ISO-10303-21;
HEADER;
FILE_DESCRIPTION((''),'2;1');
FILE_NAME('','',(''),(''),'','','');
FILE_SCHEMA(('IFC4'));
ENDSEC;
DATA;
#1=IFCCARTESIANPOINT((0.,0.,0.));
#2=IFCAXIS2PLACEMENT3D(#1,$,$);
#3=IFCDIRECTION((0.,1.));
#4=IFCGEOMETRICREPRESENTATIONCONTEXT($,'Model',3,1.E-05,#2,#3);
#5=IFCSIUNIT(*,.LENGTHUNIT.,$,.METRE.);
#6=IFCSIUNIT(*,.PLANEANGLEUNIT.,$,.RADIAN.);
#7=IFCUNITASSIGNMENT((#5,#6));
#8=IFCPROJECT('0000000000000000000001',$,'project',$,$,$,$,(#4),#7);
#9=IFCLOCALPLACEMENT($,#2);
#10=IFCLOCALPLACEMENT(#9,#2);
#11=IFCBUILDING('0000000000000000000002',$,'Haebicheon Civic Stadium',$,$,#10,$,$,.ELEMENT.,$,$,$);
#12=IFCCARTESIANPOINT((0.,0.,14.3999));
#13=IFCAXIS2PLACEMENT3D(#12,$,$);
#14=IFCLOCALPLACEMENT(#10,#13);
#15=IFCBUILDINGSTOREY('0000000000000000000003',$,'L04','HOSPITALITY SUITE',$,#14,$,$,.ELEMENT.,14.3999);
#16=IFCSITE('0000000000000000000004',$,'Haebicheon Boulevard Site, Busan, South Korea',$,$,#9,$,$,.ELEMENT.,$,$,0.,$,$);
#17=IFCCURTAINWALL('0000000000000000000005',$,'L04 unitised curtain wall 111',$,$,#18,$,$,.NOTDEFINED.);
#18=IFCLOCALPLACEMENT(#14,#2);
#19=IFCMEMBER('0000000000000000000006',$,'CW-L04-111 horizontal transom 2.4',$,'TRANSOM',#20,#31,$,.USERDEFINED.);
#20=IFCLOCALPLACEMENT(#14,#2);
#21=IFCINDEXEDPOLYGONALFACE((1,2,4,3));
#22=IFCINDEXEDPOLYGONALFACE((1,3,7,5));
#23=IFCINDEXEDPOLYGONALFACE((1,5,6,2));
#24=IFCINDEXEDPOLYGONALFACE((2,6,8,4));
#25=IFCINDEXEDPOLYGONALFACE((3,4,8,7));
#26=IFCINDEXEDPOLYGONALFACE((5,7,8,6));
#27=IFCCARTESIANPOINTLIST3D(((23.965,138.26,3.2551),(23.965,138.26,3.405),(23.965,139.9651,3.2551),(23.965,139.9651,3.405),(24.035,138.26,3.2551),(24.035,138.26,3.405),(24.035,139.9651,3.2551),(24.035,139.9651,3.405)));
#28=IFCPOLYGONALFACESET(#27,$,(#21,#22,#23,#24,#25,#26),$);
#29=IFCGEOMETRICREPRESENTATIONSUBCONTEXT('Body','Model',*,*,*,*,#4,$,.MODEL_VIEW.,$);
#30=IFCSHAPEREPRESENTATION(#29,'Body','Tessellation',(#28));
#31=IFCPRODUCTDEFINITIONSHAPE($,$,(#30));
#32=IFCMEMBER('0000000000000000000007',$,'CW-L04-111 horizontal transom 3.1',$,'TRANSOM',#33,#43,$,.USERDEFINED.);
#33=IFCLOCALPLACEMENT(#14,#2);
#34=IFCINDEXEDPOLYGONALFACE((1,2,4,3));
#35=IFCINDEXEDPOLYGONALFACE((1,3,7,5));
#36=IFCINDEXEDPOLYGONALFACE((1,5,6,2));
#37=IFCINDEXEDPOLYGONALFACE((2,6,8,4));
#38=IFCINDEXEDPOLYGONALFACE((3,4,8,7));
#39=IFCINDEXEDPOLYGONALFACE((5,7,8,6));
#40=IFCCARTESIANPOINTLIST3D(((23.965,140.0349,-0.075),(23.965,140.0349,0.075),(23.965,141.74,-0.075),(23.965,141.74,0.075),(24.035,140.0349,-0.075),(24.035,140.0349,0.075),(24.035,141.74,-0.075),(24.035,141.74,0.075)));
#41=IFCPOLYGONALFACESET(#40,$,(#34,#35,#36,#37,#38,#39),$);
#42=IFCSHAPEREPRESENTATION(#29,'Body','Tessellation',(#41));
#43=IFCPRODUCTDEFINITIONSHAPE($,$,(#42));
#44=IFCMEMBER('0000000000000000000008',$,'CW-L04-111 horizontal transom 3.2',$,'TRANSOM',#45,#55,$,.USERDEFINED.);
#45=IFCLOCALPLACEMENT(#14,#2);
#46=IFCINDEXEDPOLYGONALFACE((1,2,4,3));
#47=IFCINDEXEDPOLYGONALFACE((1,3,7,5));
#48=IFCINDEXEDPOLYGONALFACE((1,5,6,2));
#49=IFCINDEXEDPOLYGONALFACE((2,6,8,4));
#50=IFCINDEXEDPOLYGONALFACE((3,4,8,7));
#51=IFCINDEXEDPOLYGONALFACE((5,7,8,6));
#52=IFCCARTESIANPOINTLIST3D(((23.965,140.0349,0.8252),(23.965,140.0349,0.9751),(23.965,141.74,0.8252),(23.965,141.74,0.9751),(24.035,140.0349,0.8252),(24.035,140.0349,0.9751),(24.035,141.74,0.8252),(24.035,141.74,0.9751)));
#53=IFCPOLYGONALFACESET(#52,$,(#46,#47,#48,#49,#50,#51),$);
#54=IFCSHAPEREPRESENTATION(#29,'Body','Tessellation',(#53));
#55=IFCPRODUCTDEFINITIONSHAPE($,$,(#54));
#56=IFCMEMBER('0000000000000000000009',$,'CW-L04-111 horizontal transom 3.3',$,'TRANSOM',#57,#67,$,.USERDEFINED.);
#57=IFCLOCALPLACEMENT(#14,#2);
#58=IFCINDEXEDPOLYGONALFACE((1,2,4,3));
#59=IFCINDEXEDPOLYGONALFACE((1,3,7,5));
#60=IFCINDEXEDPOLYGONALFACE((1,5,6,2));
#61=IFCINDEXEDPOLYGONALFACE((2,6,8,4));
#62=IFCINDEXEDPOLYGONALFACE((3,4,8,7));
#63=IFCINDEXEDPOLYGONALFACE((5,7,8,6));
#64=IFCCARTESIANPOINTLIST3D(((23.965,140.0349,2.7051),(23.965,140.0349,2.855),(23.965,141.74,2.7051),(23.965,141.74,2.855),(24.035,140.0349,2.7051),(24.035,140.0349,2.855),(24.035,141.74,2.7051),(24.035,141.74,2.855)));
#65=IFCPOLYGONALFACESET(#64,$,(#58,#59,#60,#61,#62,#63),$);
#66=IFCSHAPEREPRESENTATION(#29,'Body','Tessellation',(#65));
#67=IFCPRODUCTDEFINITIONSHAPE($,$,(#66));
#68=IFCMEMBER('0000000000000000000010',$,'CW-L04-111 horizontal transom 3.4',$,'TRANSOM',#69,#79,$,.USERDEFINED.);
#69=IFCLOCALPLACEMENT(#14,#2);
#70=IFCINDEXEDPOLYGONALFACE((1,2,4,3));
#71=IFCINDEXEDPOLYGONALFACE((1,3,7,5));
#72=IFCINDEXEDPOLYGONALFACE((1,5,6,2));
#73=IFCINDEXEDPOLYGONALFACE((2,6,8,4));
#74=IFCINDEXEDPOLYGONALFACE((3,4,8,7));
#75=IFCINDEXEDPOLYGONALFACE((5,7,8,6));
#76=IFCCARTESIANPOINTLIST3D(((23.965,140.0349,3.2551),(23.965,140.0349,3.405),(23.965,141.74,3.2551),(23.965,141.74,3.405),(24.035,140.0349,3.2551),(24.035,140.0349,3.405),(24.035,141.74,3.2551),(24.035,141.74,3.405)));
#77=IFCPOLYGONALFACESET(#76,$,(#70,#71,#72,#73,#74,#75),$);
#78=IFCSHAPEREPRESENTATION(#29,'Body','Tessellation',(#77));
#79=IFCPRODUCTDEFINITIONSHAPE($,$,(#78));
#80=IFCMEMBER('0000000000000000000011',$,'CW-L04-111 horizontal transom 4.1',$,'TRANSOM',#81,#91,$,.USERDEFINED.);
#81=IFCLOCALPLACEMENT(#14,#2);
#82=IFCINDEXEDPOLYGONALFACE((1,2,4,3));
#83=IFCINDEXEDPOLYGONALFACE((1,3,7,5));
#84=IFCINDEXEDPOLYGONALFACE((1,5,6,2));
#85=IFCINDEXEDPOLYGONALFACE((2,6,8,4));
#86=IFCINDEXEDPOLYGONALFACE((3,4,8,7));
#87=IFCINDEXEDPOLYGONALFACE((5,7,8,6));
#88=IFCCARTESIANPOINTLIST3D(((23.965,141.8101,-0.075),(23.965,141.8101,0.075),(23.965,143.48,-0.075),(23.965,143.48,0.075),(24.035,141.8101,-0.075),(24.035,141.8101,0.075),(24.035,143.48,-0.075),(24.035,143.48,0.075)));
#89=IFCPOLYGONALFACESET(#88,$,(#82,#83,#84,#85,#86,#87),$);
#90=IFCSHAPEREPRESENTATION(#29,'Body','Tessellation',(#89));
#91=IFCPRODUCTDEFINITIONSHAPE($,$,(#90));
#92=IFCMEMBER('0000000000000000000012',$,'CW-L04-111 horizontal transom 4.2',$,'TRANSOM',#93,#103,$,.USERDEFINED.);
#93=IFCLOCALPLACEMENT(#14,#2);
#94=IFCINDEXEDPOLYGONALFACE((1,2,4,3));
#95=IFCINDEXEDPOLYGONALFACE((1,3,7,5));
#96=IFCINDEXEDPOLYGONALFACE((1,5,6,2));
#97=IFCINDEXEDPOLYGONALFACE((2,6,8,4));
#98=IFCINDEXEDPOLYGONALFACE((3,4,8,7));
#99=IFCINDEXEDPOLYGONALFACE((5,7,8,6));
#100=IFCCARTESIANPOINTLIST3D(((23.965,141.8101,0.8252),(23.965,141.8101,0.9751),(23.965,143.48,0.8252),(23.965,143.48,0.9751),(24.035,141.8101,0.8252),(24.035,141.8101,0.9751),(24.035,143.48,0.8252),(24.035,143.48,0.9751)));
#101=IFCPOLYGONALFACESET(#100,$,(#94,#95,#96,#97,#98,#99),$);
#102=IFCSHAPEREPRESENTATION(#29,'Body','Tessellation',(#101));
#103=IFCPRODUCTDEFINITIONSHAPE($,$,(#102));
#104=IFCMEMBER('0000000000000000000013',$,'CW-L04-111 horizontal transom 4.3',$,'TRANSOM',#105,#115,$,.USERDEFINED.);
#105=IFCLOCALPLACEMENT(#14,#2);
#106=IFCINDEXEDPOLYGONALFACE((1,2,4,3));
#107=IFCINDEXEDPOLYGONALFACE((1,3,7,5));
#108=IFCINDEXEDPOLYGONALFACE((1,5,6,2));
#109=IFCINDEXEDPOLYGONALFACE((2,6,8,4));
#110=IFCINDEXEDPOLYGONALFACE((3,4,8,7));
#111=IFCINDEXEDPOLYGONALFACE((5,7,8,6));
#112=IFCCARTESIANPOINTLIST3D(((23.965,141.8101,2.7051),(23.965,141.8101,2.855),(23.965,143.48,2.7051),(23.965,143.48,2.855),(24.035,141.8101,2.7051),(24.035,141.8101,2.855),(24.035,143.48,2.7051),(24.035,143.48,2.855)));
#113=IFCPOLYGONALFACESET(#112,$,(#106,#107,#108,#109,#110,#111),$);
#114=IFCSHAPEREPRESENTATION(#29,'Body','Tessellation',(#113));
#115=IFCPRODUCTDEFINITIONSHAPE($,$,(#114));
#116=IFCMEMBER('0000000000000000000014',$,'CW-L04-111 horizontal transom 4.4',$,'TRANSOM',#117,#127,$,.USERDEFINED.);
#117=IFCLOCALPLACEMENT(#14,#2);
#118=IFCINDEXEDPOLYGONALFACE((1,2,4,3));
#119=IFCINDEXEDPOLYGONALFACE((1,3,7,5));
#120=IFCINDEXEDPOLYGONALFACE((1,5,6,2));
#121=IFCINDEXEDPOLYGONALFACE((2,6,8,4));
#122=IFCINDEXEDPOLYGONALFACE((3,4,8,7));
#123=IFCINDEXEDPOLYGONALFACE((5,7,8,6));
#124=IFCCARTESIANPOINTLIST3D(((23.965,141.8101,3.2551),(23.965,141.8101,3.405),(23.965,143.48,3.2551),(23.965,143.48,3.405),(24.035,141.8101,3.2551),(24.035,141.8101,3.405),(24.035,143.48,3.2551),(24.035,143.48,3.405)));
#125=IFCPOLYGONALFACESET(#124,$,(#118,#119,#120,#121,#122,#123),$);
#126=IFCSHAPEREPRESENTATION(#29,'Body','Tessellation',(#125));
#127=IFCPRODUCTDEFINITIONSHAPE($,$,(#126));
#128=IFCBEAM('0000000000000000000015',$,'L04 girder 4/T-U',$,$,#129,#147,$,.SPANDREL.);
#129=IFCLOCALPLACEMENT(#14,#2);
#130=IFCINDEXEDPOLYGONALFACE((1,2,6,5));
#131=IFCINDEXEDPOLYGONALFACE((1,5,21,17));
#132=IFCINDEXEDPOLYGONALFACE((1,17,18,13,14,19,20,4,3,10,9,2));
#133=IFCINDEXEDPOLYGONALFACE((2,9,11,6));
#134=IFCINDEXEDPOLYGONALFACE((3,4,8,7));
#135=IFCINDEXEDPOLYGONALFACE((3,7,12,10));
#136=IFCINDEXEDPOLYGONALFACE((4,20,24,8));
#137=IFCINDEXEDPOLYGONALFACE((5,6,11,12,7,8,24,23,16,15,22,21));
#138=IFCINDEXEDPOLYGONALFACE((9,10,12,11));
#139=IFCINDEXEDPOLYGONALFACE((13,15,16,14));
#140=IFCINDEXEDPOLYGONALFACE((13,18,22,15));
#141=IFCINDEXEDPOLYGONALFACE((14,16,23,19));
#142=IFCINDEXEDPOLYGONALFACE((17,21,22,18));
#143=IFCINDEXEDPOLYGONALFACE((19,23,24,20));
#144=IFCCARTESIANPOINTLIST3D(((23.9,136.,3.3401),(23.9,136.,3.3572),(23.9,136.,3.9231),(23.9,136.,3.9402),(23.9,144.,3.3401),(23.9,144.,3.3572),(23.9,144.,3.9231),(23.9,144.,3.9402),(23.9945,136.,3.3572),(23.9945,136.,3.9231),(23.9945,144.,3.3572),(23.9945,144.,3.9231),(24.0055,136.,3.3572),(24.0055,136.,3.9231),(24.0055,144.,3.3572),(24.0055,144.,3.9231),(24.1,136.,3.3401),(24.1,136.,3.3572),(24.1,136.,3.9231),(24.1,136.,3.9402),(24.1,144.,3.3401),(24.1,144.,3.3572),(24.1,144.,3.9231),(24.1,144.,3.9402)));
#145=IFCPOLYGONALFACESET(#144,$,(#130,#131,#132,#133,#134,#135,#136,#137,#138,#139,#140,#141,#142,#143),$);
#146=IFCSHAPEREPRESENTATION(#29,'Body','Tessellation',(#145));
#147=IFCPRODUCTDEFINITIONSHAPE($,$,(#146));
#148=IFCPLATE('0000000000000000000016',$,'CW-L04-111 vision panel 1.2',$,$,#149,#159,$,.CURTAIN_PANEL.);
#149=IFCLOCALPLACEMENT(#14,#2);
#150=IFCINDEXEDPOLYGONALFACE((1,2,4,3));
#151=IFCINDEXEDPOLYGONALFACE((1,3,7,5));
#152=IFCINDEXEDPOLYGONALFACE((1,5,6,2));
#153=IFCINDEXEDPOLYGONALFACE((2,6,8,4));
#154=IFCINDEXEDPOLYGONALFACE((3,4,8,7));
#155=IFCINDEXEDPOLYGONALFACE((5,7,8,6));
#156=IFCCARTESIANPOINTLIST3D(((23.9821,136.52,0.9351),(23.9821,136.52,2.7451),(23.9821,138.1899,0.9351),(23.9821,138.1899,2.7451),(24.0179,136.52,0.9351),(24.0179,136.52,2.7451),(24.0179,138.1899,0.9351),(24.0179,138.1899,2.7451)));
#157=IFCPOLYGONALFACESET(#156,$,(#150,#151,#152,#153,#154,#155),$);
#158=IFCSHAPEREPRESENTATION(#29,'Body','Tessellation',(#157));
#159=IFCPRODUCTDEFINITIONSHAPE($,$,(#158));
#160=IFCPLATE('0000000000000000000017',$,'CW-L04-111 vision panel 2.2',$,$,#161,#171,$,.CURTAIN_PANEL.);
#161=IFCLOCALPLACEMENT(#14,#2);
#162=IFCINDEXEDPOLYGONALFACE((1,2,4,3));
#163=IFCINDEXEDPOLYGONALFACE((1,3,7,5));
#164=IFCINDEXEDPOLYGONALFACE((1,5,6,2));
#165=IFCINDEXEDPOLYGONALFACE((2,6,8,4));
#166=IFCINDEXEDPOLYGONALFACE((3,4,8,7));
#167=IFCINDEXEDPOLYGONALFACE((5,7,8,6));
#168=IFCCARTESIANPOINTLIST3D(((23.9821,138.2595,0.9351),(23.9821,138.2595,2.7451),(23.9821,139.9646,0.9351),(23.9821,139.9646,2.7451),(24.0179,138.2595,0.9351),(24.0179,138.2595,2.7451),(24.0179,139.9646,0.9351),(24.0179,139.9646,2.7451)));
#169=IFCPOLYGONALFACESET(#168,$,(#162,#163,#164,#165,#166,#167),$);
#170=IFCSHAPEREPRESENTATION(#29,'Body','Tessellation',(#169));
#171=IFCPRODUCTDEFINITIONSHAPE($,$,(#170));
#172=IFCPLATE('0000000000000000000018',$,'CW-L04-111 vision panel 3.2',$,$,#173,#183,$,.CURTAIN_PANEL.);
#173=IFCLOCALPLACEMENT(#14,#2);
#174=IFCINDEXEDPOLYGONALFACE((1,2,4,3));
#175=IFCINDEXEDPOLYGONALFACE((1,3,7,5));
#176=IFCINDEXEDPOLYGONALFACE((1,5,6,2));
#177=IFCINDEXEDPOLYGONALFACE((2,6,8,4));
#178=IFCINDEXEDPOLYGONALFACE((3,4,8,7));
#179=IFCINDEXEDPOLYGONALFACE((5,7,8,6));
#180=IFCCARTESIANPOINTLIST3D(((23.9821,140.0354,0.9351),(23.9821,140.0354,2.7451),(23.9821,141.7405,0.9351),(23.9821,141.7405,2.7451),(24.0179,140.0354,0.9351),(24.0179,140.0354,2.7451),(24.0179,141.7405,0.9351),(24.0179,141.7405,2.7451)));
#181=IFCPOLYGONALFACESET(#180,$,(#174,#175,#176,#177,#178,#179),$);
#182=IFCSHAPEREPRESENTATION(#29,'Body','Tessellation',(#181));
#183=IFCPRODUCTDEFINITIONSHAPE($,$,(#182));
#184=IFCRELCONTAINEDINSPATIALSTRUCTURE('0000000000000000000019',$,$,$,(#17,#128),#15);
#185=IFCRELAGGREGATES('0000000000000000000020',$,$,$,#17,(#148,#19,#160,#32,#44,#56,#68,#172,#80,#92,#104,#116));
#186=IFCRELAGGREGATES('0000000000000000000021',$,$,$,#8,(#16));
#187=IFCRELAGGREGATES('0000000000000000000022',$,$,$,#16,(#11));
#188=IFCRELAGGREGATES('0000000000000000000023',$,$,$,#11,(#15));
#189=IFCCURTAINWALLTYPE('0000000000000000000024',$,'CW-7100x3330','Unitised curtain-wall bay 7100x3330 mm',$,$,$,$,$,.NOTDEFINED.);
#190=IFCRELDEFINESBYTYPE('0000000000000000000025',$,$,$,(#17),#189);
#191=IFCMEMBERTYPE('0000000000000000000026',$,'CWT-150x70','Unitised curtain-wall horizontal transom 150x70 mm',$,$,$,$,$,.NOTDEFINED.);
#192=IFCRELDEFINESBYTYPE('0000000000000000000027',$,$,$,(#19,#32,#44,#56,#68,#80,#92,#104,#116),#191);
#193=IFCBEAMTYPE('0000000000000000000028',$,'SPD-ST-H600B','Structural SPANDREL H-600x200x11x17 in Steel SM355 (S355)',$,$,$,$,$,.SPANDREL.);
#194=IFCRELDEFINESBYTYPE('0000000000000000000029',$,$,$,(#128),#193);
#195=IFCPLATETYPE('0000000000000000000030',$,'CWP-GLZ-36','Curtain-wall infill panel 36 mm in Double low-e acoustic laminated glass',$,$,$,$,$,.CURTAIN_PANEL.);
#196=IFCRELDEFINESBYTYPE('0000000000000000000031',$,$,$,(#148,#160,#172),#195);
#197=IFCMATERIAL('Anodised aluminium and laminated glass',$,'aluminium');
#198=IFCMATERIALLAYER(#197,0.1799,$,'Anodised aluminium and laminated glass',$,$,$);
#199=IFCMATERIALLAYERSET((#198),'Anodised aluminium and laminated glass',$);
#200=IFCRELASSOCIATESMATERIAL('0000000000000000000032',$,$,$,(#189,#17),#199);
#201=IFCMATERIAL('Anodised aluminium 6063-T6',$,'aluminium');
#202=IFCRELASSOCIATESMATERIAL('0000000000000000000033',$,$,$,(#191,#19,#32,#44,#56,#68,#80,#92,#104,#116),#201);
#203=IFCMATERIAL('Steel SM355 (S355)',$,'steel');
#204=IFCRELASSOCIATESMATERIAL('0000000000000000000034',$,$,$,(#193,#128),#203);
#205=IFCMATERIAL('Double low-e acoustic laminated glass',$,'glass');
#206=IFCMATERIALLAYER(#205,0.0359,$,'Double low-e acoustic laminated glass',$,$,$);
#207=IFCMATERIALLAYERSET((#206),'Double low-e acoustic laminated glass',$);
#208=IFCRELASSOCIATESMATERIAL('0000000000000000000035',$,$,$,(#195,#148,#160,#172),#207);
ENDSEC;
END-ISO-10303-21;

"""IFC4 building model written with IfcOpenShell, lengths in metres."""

from ifc_helpers import new_model, si_unit, direction, frame, origin, origin_2d, place, context, subcontext, project, spatial, rectangle, i_section, extrude, material, layer, layer_set, material_profile, profile_set, type_object, element, aggregate, save


model = new_model("IFC4")

# Units and contexts
model_context = context("Model", 3, precision=1e-05, world=origin(), true_north=direction((0.0, 1.0)))
body_context = subcontext(model_context, "Body", "Model", "MODEL_VIEW")
ifc_project = project(units=[si_unit("LENGTHUNIT", "METRE"), si_unit("PLANEANGLEUNIT", "RADIAN")], contexts=[model_context])

# Site, building, storey
site_placement = place(None, origin())
site = spatial("IfcSite", under=ifc_project, at=site_placement, Name="Haebicheon Boulevard Site, Busan, South Korea", CompositionType="ELEMENT", RefElevation=0.0)
building_placement = place(site_placement, origin())
building = spatial("IfcBuilding", under=site, at=building_placement, Name="Haebicheon Civic Stadium", CompositionType="ELEMENT")
storey_placement = place(building_placement, frame((0.0, 0.0, 14.3999)))
storey = spatial("IfcBuildingStorey", under=building, at=storey_placement, Name="L04", Description="HOSPITALITY SUITE", CompositionType="ELEMENT", Elevation=14.3999)

# Curtain wall, members
ifc_material_1 = material(Name="Anodised aluminium and laminated glass", Category="aluminium")
ifc_layer_1 = layer(ifc_material_1, 0.1799, Name="Anodised aluminium and laminated glass")
ifc_layer_set_1 = layer_set([ifc_layer_1], Name="Anodised aluminium and laminated glass")
curtain_wall_type = type_object("IfcCurtainWallType", Name="CW-7100x3330", Description="Unitised curtain-wall bay 7100x3330 mm", PredefinedType="NOTDEFINED", material=ifc_layer_set_1)
curtain_wall_placement = place(storey_placement, origin())
curtain_wall = element("IfcCurtainWall", 1, at=curtain_wall_placement, inside=storey, type_object=curtain_wall_type, material=ifc_layer_set_1, Name="L04 unitised curtain wall 111", PredefinedType="NOTDEFINED")
ifc_material_2 = material(Name="Anodised aluminium 6063-T6", Category="aluminium")
ifc_material_profile_1 = material_profile(ifc_material_2, rectangle(XDim=0.0701, YDim=0.1499, at=origin_2d()), Name="ALU-TRAN-70x150")
ifc_profile_set_1 = profile_set([ifc_material_profile_1], Name="Anodised aluminium 6063-T6")
member_type_1 = type_object("IfcMemberType", Name="CWT-150x70", Description="Unitised curtain-wall horizontal transom 150x70 mm", PredefinedType="NOTDEFINED", material=ifc_profile_set_1)
member_1_placement = place(storey_placement, frame((24.0, 138.26, 3.3301), z_axis=(0.0, 1.0, 0.0), x_axis=(-1.0, 0.0, 0.0)))
member_1 = element("IfcMember", 2, at=member_1_placement, type_object=member_type_1, material=ifc_profile_set_1, Name="CW-L04-111 horizontal transom 2.4", ObjectType="TRANSOM", PredefinedType="USERDEFINED", context=body_context, shape_type="SweptSolid", body=[
    extrude(rectangle(XDim=0.0701, YDim=0.1499, at=origin_2d()), origin(), (0.0, 0.0, 1.0), 1.7051),
])
member_2_placement = place(storey_placement, frame((24.0, 140.0349, 0.0), z_axis=(0.0, 1.0, 0.0), x_axis=(-1.0, 0.0, 0.0)))
member_2 = element("IfcMember", 3, at=member_2_placement, type_object=member_type_1, material=ifc_profile_set_1, Name="CW-L04-111 horizontal transom 3.1", ObjectType="TRANSOM", PredefinedType="USERDEFINED", context=body_context, shape_type="SweptSolid", body=[
    extrude(rectangle(XDim=0.0701, YDim=0.1499, at=origin_2d()), origin(), (0.0, 0.0, 1.0), 1.7051),
])
member_3_placement = place(storey_placement, frame((24.0, 140.0349, 0.9001), z_axis=(0.0, 1.0, 0.0), x_axis=(-1.0, 0.0, 0.0)))
member_3 = element("IfcMember", 4, at=member_3_placement, type_object=member_type_1, material=ifc_profile_set_1, Name="CW-L04-111 horizontal transom 3.2", ObjectType="TRANSOM", PredefinedType="USERDEFINED", context=body_context, shape_type="SweptSolid", body=[
    extrude(rectangle(XDim=0.0701, YDim=0.1499, at=origin_2d()), origin(), (0.0, 0.0, 1.0), 1.7051),
])
member_4_placement = place(storey_placement, frame((24.0, 140.0349, 2.78), z_axis=(0.0, 1.0, 0.0), x_axis=(-1.0, 0.0, 0.0)))
member_4 = element("IfcMember", 5, at=member_4_placement, type_object=member_type_1, material=ifc_profile_set_1, Name="CW-L04-111 horizontal transom 3.3", ObjectType="TRANSOM", PredefinedType="USERDEFINED", context=body_context, shape_type="SweptSolid", body=[
    extrude(rectangle(XDim=0.0701, YDim=0.1499, at=origin_2d()), origin(), (0.0, 0.0, 1.0), 1.7051),
])
member_5_placement = place(storey_placement, frame((24.0, 140.0349, 3.3301), z_axis=(0.0, 1.0, 0.0), x_axis=(-1.0, 0.0, 0.0)))
member_5 = element("IfcMember", 6, at=member_5_placement, type_object=member_type_1, material=ifc_profile_set_1, Name="CW-L04-111 horizontal transom 3.4", ObjectType="TRANSOM", PredefinedType="USERDEFINED", context=body_context, shape_type="SweptSolid", body=[
    extrude(rectangle(XDim=0.0701, YDim=0.1499, at=origin_2d()), origin(), (0.0, 0.0, 1.0), 1.7051),
])
member_6_placement = place(storey_placement, frame((24.0, 141.8101, 0.0), z_axis=(0.0, 1.0, 0.0), x_axis=(-1.0, 0.0, 0.0)))
member_6 = element("IfcMember", 7, at=member_6_placement, type_object=member_type_1, material=ifc_profile_set_1, Name="CW-L04-111 horizontal transom 4.1", ObjectType="TRANSOM", PredefinedType="USERDEFINED", context=body_context, shape_type="SweptSolid", body=[
    extrude(rectangle(XDim=0.0701, YDim=0.1499, at=origin_2d()), origin(), (0.0, 0.0, 1.0), 1.6699),
])
member_7_placement = place(storey_placement, frame((24.0, 141.8101, 0.9001), z_axis=(0.0, 1.0, 0.0), x_axis=(-1.0, 0.0, 0.0)))
member_7 = element("IfcMember", 8, at=member_7_placement, type_object=member_type_1, material=ifc_profile_set_1, Name="CW-L04-111 horizontal transom 4.2", ObjectType="TRANSOM", PredefinedType="USERDEFINED", context=body_context, shape_type="SweptSolid", body=[
    extrude(rectangle(XDim=0.0701, YDim=0.1499, at=origin_2d()), origin(), (0.0, 0.0, 1.0), 1.6699),
])
member_8_placement = place(storey_placement, frame((24.0, 141.8101, 2.78), z_axis=(0.0, 1.0, 0.0), x_axis=(-1.0, 0.0, 0.0)))
member_8 = element("IfcMember", 9, at=member_8_placement, type_object=member_type_1, material=ifc_profile_set_1, Name="CW-L04-111 horizontal transom 4.3", ObjectType="TRANSOM", PredefinedType="USERDEFINED", context=body_context, shape_type="SweptSolid", body=[
    extrude(rectangle(XDim=0.0701, YDim=0.1499, at=origin_2d()), origin(), (0.0, 0.0, 1.0), 1.6699),
])
member_9_placement = place(storey_placement, frame((24.0, 141.8101, 3.3301), z_axis=(0.0, 1.0, 0.0), x_axis=(-1.0, 0.0, 0.0)))
member_9 = element("IfcMember", 10, at=member_9_placement, type_object=member_type_1, material=ifc_profile_set_1, Name="CW-L04-111 horizontal transom 4.4", ObjectType="TRANSOM", PredefinedType="USERDEFINED", context=body_context, shape_type="SweptSolid", body=[
    extrude(rectangle(XDim=0.0701, YDim=0.1499, at=origin_2d()), origin(), (0.0, 0.0, 1.0), 1.6699),
])

# Beam
ifc_material_3 = material(Name="Steel SM355 (S355)", Category="steel")
ifc_material_profile_2 = material_profile(ifc_material_3, i_section(OverallWidth=0.2, OverallDepth=0.6001, WebThickness=0.011, FlangeThickness=0.0171, at=origin_2d()), Name="H-600x200x11x17")
ifc_profile_set_2 = profile_set([ifc_material_profile_2], Name="Steel SM355 (S355)")
beam_type_1 = type_object("IfcBeamType", Name="SPD-ST-H600B", Description="Structural SPANDREL H-600x200x11x17 in Steel SM355 (S355)", PredefinedType="SPANDREL", material=ifc_profile_set_2)
beam_1_placement = place(storey_placement, frame((24.0, 136.0, 3.6401), z_axis=(0.0, 1.0, 0.0), x_axis=(-1.0, 0.0, 0.0)))
element("IfcBeam", 11, at=beam_1_placement, inside=storey, type_object=beam_type_1, material=ifc_profile_set_2, Name="L04 girder 4/T-U", PredefinedType="SPANDREL", context=body_context, shape_type="SweptSolid", body=[
    extrude(i_section(OverallWidth=0.2, OverallDepth=0.6001, WebThickness=0.011, FlangeThickness=0.0171, at=origin_2d()), origin(), (0.0, 0.0, 1.0), 8.0),
])

# Plates
ifc_material_4 = material(Name="Double low-e acoustic laminated glass", Category="glass")
ifc_layer_2 = layer(ifc_material_4, 0.0359, Name="Double low-e acoustic laminated glass")
ifc_layer_set_2 = layer_set([ifc_layer_2], Name="Double low-e acoustic laminated glass")
plate_type_1 = type_object("IfcPlateType", Name="CWP-GLZ-36", Description="Curtain-wall infill panel 36 mm in Double low-e acoustic laminated glass", PredefinedType="CURTAIN_PANEL", material=ifc_layer_set_2)
plate_1_placement = place(storey_placement, frame((24.0, 137.355, 0.9351), z_axis=(0.0, 0.0, 1.0), x_axis=(0.0, 1.0, 0.0)))
plate_1 = element("IfcPlate", 12, at=plate_1_placement, type_object=plate_type_1, material=ifc_layer_set_2, Name="CW-L04-111 vision panel 1.2", PredefinedType="CURTAIN_PANEL", context=body_context, shape_type="SweptSolid", body=[
    extrude(rectangle(XDim=1.6699, YDim=0.0359, at=origin_2d()), origin(), (0.0, 0.0, 1.0), 1.8101),
])
plate_2_placement = place(storey_placement, frame((24.0, 139.1121, 0.9351), z_axis=(0.0, 0.0, 1.0), x_axis=(0.0, 1.0, 0.0)))
plate_2 = element("IfcPlate", 13, at=plate_2_placement, type_object=plate_type_1, material=ifc_layer_set_2, Name="CW-L04-111 vision panel 2.2", PredefinedType="CURTAIN_PANEL", context=body_context, shape_type="SweptSolid", body=[
    extrude(rectangle(XDim=1.7051, YDim=0.0359, at=origin_2d()), origin(), (0.0, 0.0, 1.0), 1.8101),
])
plate_3_placement = place(storey_placement, frame((24.0, 140.8879, 0.9351), z_axis=(0.0, 0.0, 1.0), x_axis=(0.0, 1.0, 0.0)))
plate_3 = element("IfcPlate", 14, at=plate_3_placement, type_object=plate_type_1, material=ifc_layer_set_2, Name="CW-L04-111 vision panel 3.2", PredefinedType="CURTAIN_PANEL", context=body_context, shape_type="SweptSolid", body=[
    extrude(rectangle(XDim=1.7051, YDim=0.0359, at=origin_2d()), origin(), (0.0, 0.0, 1.0), 1.8101),
])
aggregate(curtain_wall, [plate_1, member_1, plate_2, member_2, member_3, member_4, member_5, plate_3, member_6, member_7, member_8, member_9])

save(model, "model.ifc")
